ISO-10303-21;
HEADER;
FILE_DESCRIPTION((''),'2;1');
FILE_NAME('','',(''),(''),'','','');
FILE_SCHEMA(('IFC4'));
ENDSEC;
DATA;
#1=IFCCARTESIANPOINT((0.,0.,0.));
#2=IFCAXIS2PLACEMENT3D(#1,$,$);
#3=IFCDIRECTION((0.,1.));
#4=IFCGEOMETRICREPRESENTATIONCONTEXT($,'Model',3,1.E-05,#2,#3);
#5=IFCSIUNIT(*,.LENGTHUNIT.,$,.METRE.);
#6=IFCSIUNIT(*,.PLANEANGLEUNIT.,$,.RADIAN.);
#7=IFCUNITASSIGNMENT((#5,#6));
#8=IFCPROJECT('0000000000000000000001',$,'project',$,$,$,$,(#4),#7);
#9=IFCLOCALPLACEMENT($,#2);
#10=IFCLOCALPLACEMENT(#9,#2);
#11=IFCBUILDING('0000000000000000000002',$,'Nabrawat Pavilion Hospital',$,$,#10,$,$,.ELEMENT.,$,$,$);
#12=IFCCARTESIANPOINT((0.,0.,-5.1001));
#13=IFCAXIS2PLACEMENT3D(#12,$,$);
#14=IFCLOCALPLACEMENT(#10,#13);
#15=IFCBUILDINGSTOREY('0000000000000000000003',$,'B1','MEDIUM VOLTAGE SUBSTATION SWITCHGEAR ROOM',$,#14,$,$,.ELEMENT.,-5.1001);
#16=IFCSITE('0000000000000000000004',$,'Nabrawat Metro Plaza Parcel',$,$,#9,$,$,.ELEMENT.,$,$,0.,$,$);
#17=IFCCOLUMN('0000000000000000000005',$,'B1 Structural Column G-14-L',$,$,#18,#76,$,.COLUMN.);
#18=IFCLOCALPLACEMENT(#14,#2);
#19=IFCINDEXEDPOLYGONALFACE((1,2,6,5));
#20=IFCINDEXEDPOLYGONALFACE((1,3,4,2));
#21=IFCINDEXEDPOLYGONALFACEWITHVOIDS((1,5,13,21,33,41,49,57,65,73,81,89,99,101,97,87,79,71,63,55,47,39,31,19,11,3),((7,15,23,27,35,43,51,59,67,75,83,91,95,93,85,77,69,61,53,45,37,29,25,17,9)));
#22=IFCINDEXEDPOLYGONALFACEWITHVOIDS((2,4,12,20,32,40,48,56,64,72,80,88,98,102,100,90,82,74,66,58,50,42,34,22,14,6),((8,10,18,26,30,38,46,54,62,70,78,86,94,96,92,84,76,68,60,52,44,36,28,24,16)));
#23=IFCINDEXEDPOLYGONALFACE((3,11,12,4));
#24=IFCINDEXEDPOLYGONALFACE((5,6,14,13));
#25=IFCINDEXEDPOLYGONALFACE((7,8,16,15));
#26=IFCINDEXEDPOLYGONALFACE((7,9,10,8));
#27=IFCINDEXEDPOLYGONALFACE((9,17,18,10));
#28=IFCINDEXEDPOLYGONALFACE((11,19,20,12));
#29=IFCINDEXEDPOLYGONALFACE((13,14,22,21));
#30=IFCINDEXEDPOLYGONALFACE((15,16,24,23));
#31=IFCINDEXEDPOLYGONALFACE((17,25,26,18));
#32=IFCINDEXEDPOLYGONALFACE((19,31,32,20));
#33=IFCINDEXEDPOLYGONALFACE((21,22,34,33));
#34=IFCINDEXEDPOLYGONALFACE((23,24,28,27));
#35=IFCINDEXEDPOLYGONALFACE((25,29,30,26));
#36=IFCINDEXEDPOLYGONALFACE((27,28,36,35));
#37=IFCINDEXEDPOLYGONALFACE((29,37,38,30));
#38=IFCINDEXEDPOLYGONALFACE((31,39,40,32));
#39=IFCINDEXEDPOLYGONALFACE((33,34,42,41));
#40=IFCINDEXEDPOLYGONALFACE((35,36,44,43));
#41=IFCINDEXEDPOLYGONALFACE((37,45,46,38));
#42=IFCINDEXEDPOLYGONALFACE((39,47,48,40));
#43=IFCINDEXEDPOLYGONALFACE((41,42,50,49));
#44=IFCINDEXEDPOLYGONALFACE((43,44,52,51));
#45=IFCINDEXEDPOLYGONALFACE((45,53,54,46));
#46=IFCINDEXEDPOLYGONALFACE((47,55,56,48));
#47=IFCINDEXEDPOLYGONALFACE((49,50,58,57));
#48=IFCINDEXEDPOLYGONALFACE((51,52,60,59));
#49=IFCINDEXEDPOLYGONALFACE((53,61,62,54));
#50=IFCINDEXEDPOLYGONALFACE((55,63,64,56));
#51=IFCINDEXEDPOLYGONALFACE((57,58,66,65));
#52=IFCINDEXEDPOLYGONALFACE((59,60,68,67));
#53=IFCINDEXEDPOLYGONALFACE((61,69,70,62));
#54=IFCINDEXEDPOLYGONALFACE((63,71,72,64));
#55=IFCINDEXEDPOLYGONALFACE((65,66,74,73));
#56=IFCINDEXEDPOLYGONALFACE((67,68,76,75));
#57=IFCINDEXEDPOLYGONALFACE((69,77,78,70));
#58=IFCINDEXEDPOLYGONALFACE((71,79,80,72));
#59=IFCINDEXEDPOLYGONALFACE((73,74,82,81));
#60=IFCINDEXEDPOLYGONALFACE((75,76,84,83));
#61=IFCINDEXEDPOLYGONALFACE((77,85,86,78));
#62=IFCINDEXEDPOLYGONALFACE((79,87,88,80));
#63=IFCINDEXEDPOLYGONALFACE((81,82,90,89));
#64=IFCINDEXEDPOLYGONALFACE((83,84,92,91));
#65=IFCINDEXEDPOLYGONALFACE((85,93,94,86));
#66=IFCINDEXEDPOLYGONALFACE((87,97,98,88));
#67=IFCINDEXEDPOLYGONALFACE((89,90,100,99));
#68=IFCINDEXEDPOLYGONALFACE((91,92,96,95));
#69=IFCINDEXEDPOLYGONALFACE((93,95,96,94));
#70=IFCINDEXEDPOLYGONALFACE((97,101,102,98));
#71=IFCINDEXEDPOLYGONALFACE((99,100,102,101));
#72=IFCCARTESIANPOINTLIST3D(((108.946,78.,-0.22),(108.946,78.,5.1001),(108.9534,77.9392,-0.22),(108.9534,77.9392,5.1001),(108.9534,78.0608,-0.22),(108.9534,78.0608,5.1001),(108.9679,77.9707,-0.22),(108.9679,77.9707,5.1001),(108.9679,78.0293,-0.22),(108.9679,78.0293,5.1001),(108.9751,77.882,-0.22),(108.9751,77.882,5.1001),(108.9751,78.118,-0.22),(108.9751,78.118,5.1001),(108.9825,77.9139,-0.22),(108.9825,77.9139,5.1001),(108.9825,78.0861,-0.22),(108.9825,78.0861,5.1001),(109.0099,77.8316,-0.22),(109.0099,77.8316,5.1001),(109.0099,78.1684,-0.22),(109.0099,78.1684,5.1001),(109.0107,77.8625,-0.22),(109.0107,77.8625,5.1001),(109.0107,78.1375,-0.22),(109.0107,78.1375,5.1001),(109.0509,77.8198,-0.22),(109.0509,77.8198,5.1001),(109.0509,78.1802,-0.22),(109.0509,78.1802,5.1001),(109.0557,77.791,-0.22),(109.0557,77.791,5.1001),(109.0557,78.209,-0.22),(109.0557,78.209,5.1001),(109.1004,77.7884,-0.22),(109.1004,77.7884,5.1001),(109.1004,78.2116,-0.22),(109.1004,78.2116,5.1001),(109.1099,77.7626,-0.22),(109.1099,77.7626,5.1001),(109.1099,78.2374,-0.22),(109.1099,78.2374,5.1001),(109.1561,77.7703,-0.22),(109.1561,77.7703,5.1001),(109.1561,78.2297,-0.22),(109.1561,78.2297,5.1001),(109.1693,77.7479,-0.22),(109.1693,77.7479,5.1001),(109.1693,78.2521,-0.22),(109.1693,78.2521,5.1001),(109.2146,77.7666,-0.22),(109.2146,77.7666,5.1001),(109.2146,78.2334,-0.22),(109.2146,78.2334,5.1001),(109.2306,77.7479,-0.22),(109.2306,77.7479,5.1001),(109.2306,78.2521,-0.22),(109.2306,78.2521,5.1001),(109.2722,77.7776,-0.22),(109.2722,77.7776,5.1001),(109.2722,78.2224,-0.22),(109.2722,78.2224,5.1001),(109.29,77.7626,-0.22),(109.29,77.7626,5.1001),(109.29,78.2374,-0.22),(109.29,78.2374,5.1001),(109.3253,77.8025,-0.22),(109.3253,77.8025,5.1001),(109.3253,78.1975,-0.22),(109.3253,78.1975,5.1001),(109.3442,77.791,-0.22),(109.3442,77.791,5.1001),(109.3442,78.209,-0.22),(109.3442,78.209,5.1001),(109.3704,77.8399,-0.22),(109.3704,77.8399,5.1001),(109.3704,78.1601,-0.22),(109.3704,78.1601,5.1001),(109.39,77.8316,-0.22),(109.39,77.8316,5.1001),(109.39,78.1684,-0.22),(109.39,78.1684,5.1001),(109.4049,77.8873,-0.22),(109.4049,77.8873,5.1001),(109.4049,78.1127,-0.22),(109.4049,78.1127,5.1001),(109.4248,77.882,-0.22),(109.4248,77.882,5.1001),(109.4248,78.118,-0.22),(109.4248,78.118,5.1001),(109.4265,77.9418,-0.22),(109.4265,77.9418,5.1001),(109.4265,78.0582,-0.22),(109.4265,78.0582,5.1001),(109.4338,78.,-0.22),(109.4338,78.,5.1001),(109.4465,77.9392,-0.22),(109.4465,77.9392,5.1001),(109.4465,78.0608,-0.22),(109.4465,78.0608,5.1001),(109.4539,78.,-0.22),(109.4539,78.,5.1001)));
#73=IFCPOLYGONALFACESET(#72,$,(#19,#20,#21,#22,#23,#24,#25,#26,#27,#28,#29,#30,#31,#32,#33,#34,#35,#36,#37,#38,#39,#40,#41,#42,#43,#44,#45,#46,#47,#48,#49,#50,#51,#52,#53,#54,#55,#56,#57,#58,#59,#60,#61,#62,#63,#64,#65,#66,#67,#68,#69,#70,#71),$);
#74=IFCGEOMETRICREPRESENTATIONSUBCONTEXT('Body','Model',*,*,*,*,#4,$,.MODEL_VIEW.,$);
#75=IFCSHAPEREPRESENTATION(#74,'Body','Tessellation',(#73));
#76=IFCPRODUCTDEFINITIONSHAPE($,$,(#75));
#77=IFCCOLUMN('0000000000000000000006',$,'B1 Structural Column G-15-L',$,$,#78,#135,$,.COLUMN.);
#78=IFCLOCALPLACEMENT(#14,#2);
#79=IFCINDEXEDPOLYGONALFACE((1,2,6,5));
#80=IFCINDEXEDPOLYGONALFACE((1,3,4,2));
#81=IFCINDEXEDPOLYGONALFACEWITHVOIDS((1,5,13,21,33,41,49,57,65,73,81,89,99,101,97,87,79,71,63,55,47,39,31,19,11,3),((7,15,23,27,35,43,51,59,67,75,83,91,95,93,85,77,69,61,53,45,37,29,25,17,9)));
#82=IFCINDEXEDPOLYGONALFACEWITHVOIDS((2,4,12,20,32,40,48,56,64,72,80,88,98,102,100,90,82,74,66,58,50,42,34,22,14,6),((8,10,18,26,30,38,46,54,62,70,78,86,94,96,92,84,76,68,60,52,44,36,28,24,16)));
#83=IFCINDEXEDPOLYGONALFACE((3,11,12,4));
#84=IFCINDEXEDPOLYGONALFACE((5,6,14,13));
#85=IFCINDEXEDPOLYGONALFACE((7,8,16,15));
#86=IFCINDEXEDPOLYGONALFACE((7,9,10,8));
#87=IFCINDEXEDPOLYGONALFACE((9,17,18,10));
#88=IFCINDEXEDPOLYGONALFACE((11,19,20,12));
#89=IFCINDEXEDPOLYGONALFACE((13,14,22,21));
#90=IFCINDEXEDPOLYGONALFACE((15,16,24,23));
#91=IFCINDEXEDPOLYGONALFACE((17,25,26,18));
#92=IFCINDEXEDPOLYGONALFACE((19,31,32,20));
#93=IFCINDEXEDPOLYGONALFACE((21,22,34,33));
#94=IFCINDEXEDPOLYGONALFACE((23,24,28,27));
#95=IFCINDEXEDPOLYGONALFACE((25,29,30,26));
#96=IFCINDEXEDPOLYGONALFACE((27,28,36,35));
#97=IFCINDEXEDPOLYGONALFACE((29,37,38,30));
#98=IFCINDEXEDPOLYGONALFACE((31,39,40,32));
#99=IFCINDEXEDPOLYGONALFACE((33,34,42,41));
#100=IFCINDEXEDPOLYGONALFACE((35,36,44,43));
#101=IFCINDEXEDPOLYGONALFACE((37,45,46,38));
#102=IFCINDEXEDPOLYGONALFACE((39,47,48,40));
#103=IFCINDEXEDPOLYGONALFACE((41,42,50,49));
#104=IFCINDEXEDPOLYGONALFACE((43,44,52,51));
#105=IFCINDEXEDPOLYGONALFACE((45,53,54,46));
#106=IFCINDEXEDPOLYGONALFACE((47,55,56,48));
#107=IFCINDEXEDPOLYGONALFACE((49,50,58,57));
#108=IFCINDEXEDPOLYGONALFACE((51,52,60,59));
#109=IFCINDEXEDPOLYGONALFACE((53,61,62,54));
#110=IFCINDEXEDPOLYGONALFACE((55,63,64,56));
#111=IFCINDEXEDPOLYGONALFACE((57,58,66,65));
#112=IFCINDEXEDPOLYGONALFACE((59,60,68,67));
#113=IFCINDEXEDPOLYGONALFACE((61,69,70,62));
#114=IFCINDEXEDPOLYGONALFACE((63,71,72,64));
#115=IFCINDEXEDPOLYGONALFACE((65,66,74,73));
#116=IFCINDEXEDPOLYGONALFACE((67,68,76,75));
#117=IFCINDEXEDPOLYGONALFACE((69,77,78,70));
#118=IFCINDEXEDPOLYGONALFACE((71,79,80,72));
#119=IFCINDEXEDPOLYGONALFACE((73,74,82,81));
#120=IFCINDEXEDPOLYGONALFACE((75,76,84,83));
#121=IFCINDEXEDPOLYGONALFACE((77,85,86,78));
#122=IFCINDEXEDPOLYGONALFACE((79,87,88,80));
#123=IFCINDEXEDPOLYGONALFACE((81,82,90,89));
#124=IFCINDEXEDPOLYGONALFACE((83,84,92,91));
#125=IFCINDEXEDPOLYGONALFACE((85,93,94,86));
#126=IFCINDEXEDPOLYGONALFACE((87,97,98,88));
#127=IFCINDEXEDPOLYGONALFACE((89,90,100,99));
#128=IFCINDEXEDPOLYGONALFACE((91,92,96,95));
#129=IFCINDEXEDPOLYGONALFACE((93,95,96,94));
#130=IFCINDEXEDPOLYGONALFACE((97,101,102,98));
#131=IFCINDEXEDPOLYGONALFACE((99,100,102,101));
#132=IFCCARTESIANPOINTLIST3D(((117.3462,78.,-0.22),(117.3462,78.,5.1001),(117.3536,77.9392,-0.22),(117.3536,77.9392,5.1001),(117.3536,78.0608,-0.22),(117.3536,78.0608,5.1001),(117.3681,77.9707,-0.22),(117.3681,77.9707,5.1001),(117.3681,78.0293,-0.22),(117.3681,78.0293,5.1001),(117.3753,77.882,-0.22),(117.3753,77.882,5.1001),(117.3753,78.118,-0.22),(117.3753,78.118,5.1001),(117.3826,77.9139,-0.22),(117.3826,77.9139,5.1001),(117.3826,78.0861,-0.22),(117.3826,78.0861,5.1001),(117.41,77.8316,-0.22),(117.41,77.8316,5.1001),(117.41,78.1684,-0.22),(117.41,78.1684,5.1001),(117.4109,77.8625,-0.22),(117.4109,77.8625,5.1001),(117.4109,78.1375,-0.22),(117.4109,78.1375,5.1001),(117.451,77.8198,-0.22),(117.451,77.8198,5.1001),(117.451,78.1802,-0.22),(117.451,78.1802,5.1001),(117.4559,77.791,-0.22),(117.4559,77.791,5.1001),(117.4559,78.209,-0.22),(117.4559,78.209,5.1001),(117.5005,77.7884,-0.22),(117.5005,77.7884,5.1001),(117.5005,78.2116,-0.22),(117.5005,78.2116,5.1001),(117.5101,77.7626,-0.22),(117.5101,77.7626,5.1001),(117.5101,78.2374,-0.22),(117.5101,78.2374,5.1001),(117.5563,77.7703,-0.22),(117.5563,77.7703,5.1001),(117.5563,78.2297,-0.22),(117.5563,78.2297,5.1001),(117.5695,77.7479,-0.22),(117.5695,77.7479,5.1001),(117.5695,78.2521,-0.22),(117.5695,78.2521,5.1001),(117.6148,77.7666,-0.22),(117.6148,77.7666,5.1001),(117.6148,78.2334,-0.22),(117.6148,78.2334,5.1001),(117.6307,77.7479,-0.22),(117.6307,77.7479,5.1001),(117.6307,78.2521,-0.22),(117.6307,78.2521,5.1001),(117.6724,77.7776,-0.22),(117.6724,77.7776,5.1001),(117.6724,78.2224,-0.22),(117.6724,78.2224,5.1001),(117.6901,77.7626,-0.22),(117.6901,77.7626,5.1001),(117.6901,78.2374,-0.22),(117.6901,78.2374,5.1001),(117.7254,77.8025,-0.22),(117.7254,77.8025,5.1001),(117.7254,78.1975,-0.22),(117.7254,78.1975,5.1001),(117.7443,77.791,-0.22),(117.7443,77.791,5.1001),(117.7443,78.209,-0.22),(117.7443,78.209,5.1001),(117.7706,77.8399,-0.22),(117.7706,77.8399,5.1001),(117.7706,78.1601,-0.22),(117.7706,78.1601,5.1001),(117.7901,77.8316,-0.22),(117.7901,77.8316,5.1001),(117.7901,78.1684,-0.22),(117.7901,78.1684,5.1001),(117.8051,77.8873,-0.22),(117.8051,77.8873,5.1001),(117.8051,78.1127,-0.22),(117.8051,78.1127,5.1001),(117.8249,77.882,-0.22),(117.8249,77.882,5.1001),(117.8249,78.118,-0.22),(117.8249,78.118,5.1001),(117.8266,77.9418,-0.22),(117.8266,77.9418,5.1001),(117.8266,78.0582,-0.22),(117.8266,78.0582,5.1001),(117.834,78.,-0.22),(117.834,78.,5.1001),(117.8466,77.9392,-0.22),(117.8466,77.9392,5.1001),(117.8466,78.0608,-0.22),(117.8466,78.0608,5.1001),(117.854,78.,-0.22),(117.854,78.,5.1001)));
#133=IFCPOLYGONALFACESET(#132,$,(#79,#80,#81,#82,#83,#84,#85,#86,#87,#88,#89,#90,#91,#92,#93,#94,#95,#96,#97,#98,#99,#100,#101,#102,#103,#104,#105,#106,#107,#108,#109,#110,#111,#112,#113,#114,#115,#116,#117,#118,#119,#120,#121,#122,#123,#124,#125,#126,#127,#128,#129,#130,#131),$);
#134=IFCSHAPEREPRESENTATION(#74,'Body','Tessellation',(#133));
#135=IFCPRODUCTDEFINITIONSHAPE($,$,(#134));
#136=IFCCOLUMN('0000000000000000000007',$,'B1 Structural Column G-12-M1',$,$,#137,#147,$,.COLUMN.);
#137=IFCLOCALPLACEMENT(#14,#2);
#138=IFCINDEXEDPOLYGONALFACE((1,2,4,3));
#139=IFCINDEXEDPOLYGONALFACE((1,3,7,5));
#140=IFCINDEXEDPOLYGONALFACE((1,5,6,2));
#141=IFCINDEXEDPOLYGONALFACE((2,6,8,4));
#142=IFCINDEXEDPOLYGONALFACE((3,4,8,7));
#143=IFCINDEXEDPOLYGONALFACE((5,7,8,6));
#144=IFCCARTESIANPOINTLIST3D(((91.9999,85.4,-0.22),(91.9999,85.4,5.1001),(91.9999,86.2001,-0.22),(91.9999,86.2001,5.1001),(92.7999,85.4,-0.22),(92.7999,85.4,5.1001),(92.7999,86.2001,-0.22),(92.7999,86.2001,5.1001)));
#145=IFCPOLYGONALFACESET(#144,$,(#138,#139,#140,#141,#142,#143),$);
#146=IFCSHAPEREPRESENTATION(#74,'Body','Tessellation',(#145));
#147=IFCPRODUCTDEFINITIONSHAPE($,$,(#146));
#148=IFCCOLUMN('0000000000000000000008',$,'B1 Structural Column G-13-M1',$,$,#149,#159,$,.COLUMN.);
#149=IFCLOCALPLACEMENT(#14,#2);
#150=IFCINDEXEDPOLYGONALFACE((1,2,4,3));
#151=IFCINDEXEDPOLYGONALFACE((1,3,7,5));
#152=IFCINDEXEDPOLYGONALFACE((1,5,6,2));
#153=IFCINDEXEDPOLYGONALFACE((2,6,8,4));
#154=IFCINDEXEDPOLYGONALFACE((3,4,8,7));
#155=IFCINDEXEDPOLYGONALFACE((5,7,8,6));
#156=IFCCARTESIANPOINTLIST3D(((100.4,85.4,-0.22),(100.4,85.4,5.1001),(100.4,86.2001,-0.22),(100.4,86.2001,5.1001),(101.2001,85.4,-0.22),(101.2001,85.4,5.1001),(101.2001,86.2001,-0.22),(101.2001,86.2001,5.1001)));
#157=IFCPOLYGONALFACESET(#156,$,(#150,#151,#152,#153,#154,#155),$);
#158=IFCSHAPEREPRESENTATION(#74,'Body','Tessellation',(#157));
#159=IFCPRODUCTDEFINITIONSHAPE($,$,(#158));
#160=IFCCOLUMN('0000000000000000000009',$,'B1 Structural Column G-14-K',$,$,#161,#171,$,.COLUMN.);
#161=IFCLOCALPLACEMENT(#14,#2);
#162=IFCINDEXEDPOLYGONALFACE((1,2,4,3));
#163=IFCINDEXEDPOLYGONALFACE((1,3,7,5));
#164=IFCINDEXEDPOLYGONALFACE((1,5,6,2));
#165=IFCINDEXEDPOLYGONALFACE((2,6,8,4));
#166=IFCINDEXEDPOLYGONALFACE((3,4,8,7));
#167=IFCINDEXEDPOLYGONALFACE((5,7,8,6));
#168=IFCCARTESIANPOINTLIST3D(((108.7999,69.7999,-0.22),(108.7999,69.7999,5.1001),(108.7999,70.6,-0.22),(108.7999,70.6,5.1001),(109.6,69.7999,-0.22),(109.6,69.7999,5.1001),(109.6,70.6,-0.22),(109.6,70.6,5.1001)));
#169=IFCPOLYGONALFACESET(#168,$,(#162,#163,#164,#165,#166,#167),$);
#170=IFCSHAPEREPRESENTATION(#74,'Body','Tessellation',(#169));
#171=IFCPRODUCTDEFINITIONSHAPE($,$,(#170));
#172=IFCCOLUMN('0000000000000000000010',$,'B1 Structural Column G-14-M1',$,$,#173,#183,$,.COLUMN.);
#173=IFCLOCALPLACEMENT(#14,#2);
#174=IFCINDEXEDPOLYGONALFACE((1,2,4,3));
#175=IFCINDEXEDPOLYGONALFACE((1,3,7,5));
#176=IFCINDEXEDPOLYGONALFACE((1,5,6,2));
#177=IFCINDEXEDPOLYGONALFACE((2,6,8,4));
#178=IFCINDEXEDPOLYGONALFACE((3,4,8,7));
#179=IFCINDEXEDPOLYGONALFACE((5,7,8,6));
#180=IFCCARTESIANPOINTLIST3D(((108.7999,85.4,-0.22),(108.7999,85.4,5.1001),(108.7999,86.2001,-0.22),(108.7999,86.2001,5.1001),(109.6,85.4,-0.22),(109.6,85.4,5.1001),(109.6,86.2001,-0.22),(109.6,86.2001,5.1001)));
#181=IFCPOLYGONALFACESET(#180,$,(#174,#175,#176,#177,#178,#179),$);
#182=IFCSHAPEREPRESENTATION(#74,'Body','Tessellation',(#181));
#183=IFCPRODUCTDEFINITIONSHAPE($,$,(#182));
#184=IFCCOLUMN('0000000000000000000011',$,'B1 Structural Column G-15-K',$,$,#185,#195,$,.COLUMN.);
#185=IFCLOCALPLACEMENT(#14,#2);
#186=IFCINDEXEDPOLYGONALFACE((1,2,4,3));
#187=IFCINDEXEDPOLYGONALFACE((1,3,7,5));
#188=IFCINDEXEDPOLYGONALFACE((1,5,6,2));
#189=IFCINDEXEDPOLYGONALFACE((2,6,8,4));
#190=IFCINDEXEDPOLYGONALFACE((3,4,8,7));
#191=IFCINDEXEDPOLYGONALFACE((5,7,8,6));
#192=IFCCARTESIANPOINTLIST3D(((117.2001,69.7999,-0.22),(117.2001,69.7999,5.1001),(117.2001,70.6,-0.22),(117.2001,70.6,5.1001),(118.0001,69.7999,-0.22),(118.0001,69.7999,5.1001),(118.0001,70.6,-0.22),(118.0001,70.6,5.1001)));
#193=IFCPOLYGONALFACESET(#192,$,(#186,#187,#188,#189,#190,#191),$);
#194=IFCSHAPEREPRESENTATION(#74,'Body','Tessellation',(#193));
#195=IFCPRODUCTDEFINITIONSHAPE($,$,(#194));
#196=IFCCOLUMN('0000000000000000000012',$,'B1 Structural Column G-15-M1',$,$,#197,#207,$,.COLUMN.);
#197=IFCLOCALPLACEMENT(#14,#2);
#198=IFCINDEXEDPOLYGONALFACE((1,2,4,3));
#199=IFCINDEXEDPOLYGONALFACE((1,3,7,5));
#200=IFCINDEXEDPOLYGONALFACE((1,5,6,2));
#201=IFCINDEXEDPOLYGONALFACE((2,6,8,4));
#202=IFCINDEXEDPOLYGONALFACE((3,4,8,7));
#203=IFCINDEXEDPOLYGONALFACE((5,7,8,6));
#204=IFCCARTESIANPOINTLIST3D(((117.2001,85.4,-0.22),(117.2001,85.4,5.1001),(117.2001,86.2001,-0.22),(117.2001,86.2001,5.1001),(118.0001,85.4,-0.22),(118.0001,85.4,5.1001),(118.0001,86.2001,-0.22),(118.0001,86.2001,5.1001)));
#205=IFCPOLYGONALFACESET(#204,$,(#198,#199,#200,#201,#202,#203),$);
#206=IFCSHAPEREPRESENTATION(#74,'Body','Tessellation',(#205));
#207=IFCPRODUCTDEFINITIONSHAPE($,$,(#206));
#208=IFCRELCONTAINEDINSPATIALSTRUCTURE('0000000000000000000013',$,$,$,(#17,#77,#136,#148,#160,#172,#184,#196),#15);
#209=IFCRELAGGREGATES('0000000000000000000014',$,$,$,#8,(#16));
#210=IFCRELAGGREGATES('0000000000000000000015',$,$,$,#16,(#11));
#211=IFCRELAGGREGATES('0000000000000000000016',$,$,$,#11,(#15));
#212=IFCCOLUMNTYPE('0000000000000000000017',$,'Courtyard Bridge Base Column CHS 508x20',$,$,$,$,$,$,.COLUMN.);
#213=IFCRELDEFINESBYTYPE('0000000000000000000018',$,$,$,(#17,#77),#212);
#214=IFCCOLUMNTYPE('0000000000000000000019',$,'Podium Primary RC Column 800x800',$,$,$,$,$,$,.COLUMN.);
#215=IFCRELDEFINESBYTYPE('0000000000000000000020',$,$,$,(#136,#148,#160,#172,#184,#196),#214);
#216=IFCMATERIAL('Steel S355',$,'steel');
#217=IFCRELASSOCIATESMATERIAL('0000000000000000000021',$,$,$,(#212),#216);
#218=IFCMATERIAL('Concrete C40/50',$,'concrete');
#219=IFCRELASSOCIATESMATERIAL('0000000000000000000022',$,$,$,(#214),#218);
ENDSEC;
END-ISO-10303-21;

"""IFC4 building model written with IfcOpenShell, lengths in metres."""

from ifc_helpers import new_model, si_unit, direction, frame, origin, origin_2d, place, context, subcontext, project, spatial, rectangle, hollow_circle, extrude, material, material_profile, profile_set, type_object, element, save


model = new_model("IFC4")

# Units and contexts
model_context = context("Model", 3, precision=1e-05, world=origin(), true_north=direction((0.0, 1.0)))
body_context = subcontext(model_context, "Body", "Model", "MODEL_VIEW")
ifc_project = project(units=[si_unit("LENGTHUNIT", "METRE"), si_unit("PLANEANGLEUNIT", "RADIAN")], contexts=[model_context])

# Site, building, storey
site_placement = place(None, origin())
site = spatial("IfcSite", under=ifc_project, at=site_placement, Name="Nabrawat Metro Plaza Parcel", CompositionType="ELEMENT", RefElevation=0.0)
building_placement = place(site_placement, origin())
building = spatial("IfcBuilding", under=site, at=building_placement, Name="Nabrawat Pavilion Hospital", CompositionType="ELEMENT")
storey_placement = place(building_placement, frame((0.0, 0.0, -5.1001)))
storey = spatial("IfcBuildingStorey", under=building, at=storey_placement, Name="B1", Description="MEDIUM VOLTAGE SUBSTATION SWITCHGEAR ROOM", CompositionType="ELEMENT", Elevation=-5.1001)

# Columns
ifc_material_1 = material(Name="Steel S355", Category="steel")
ifc_material_profile_1 = material_profile(ifc_material_1, hollow_circle(Radius=0.2539, WallThickness=0.02, at=origin_2d()), Name="CHS 508x20")
ifc_profile_set_1 = profile_set([ifc_material_profile_1], Name="Steel S355")
column_type_1 = type_object("IfcColumnType", Name="Courtyard Bridge Base Column CHS 508x20", PredefinedType="COLUMN", material=ifc_profile_set_1)
for number, where, z_axis, x_axis, name in (
    (1, (109.2, 78.0, -0.22), (0.0, 0.0, 1.0), (1.0, 0.0, 0.0), "B1 Structural Column G-14-L"),
    (2, (117.6001, 78.0, -0.22), (0.0, 0.0, 1.0), (1.0, 0.0, 0.0), "B1 Structural Column G-15-L"),
):
    element("IfcColumn", number, at=place(storey_placement, frame(where, z_axis=z_axis, x_axis=x_axis)), inside=storey, type_object=column_type_1, Name=name, PredefinedType="COLUMN", context=body_context, shape_type="SweptSolid", body=[
        extrude(hollow_circle(Radius=0.2539, WallThickness=0.02, at=origin_2d()), origin(), (0.0, 0.0, 1.0), 5.3201),
    ])
ifc_material_2 = material(Name="Concrete C40/50", Category="concrete")
ifc_material_profile_2 = material_profile(ifc_material_2, rectangle(XDim=0.8, YDim=0.8, at=origin_2d()), Name="RC 800x800")
ifc_profile_set_2 = profile_set([ifc_material_profile_2], Name="Concrete C40/50")
column_type_2 = type_object("IfcColumnType", Name="Podium Primary RC Column 800x800", PredefinedType="COLUMN", material=ifc_profile_set_2)
for number, where, z_axis, x_axis, name in (
    (3, (92.3999, 85.8, -0.22), (0.0, 0.0, 1.0), (1.0, 0.0, 0.0), "B1 Structural Column G-12-M1"),
    (4, (100.8, 85.8, -0.22), (0.0, 0.0, 1.0), (1.0, 0.0, 0.0), "B1 Structural Column G-13-M1"),
    (5, (109.2, 70.2, -0.22), (0.0, 0.0, 1.0), (1.0, 0.0, 0.0), "B1 Structural Column G-14-K"),
    (6, (109.2, 85.8, -0.22), (0.0, 0.0, 1.0), (1.0, 0.0, 0.0), "B1 Structural Column G-14-M1"),
    (7, (117.6001, 70.2, -0.22), (0.0, 0.0, 1.0), (1.0, 0.0, 0.0), "B1 Structural Column G-15-K"),
    (8, (117.6001, 85.8, -0.22), (0.0, 0.0, 1.0), (1.0, 0.0, 0.0), "B1 Structural Column G-15-M1"),
):
    element("IfcColumn", number, at=place(storey_placement, frame(where, z_axis=z_axis, x_axis=x_axis)), inside=storey, type_object=column_type_2, Name=name, PredefinedType="COLUMN", context=body_context, shape_type="SweptSolid", body=[
        extrude(rectangle(XDim=0.8, YDim=0.8, at=origin_2d()), origin(), (0.0, 0.0, 1.0), 5.3201),
    ])

save(model, "model.ifc")
